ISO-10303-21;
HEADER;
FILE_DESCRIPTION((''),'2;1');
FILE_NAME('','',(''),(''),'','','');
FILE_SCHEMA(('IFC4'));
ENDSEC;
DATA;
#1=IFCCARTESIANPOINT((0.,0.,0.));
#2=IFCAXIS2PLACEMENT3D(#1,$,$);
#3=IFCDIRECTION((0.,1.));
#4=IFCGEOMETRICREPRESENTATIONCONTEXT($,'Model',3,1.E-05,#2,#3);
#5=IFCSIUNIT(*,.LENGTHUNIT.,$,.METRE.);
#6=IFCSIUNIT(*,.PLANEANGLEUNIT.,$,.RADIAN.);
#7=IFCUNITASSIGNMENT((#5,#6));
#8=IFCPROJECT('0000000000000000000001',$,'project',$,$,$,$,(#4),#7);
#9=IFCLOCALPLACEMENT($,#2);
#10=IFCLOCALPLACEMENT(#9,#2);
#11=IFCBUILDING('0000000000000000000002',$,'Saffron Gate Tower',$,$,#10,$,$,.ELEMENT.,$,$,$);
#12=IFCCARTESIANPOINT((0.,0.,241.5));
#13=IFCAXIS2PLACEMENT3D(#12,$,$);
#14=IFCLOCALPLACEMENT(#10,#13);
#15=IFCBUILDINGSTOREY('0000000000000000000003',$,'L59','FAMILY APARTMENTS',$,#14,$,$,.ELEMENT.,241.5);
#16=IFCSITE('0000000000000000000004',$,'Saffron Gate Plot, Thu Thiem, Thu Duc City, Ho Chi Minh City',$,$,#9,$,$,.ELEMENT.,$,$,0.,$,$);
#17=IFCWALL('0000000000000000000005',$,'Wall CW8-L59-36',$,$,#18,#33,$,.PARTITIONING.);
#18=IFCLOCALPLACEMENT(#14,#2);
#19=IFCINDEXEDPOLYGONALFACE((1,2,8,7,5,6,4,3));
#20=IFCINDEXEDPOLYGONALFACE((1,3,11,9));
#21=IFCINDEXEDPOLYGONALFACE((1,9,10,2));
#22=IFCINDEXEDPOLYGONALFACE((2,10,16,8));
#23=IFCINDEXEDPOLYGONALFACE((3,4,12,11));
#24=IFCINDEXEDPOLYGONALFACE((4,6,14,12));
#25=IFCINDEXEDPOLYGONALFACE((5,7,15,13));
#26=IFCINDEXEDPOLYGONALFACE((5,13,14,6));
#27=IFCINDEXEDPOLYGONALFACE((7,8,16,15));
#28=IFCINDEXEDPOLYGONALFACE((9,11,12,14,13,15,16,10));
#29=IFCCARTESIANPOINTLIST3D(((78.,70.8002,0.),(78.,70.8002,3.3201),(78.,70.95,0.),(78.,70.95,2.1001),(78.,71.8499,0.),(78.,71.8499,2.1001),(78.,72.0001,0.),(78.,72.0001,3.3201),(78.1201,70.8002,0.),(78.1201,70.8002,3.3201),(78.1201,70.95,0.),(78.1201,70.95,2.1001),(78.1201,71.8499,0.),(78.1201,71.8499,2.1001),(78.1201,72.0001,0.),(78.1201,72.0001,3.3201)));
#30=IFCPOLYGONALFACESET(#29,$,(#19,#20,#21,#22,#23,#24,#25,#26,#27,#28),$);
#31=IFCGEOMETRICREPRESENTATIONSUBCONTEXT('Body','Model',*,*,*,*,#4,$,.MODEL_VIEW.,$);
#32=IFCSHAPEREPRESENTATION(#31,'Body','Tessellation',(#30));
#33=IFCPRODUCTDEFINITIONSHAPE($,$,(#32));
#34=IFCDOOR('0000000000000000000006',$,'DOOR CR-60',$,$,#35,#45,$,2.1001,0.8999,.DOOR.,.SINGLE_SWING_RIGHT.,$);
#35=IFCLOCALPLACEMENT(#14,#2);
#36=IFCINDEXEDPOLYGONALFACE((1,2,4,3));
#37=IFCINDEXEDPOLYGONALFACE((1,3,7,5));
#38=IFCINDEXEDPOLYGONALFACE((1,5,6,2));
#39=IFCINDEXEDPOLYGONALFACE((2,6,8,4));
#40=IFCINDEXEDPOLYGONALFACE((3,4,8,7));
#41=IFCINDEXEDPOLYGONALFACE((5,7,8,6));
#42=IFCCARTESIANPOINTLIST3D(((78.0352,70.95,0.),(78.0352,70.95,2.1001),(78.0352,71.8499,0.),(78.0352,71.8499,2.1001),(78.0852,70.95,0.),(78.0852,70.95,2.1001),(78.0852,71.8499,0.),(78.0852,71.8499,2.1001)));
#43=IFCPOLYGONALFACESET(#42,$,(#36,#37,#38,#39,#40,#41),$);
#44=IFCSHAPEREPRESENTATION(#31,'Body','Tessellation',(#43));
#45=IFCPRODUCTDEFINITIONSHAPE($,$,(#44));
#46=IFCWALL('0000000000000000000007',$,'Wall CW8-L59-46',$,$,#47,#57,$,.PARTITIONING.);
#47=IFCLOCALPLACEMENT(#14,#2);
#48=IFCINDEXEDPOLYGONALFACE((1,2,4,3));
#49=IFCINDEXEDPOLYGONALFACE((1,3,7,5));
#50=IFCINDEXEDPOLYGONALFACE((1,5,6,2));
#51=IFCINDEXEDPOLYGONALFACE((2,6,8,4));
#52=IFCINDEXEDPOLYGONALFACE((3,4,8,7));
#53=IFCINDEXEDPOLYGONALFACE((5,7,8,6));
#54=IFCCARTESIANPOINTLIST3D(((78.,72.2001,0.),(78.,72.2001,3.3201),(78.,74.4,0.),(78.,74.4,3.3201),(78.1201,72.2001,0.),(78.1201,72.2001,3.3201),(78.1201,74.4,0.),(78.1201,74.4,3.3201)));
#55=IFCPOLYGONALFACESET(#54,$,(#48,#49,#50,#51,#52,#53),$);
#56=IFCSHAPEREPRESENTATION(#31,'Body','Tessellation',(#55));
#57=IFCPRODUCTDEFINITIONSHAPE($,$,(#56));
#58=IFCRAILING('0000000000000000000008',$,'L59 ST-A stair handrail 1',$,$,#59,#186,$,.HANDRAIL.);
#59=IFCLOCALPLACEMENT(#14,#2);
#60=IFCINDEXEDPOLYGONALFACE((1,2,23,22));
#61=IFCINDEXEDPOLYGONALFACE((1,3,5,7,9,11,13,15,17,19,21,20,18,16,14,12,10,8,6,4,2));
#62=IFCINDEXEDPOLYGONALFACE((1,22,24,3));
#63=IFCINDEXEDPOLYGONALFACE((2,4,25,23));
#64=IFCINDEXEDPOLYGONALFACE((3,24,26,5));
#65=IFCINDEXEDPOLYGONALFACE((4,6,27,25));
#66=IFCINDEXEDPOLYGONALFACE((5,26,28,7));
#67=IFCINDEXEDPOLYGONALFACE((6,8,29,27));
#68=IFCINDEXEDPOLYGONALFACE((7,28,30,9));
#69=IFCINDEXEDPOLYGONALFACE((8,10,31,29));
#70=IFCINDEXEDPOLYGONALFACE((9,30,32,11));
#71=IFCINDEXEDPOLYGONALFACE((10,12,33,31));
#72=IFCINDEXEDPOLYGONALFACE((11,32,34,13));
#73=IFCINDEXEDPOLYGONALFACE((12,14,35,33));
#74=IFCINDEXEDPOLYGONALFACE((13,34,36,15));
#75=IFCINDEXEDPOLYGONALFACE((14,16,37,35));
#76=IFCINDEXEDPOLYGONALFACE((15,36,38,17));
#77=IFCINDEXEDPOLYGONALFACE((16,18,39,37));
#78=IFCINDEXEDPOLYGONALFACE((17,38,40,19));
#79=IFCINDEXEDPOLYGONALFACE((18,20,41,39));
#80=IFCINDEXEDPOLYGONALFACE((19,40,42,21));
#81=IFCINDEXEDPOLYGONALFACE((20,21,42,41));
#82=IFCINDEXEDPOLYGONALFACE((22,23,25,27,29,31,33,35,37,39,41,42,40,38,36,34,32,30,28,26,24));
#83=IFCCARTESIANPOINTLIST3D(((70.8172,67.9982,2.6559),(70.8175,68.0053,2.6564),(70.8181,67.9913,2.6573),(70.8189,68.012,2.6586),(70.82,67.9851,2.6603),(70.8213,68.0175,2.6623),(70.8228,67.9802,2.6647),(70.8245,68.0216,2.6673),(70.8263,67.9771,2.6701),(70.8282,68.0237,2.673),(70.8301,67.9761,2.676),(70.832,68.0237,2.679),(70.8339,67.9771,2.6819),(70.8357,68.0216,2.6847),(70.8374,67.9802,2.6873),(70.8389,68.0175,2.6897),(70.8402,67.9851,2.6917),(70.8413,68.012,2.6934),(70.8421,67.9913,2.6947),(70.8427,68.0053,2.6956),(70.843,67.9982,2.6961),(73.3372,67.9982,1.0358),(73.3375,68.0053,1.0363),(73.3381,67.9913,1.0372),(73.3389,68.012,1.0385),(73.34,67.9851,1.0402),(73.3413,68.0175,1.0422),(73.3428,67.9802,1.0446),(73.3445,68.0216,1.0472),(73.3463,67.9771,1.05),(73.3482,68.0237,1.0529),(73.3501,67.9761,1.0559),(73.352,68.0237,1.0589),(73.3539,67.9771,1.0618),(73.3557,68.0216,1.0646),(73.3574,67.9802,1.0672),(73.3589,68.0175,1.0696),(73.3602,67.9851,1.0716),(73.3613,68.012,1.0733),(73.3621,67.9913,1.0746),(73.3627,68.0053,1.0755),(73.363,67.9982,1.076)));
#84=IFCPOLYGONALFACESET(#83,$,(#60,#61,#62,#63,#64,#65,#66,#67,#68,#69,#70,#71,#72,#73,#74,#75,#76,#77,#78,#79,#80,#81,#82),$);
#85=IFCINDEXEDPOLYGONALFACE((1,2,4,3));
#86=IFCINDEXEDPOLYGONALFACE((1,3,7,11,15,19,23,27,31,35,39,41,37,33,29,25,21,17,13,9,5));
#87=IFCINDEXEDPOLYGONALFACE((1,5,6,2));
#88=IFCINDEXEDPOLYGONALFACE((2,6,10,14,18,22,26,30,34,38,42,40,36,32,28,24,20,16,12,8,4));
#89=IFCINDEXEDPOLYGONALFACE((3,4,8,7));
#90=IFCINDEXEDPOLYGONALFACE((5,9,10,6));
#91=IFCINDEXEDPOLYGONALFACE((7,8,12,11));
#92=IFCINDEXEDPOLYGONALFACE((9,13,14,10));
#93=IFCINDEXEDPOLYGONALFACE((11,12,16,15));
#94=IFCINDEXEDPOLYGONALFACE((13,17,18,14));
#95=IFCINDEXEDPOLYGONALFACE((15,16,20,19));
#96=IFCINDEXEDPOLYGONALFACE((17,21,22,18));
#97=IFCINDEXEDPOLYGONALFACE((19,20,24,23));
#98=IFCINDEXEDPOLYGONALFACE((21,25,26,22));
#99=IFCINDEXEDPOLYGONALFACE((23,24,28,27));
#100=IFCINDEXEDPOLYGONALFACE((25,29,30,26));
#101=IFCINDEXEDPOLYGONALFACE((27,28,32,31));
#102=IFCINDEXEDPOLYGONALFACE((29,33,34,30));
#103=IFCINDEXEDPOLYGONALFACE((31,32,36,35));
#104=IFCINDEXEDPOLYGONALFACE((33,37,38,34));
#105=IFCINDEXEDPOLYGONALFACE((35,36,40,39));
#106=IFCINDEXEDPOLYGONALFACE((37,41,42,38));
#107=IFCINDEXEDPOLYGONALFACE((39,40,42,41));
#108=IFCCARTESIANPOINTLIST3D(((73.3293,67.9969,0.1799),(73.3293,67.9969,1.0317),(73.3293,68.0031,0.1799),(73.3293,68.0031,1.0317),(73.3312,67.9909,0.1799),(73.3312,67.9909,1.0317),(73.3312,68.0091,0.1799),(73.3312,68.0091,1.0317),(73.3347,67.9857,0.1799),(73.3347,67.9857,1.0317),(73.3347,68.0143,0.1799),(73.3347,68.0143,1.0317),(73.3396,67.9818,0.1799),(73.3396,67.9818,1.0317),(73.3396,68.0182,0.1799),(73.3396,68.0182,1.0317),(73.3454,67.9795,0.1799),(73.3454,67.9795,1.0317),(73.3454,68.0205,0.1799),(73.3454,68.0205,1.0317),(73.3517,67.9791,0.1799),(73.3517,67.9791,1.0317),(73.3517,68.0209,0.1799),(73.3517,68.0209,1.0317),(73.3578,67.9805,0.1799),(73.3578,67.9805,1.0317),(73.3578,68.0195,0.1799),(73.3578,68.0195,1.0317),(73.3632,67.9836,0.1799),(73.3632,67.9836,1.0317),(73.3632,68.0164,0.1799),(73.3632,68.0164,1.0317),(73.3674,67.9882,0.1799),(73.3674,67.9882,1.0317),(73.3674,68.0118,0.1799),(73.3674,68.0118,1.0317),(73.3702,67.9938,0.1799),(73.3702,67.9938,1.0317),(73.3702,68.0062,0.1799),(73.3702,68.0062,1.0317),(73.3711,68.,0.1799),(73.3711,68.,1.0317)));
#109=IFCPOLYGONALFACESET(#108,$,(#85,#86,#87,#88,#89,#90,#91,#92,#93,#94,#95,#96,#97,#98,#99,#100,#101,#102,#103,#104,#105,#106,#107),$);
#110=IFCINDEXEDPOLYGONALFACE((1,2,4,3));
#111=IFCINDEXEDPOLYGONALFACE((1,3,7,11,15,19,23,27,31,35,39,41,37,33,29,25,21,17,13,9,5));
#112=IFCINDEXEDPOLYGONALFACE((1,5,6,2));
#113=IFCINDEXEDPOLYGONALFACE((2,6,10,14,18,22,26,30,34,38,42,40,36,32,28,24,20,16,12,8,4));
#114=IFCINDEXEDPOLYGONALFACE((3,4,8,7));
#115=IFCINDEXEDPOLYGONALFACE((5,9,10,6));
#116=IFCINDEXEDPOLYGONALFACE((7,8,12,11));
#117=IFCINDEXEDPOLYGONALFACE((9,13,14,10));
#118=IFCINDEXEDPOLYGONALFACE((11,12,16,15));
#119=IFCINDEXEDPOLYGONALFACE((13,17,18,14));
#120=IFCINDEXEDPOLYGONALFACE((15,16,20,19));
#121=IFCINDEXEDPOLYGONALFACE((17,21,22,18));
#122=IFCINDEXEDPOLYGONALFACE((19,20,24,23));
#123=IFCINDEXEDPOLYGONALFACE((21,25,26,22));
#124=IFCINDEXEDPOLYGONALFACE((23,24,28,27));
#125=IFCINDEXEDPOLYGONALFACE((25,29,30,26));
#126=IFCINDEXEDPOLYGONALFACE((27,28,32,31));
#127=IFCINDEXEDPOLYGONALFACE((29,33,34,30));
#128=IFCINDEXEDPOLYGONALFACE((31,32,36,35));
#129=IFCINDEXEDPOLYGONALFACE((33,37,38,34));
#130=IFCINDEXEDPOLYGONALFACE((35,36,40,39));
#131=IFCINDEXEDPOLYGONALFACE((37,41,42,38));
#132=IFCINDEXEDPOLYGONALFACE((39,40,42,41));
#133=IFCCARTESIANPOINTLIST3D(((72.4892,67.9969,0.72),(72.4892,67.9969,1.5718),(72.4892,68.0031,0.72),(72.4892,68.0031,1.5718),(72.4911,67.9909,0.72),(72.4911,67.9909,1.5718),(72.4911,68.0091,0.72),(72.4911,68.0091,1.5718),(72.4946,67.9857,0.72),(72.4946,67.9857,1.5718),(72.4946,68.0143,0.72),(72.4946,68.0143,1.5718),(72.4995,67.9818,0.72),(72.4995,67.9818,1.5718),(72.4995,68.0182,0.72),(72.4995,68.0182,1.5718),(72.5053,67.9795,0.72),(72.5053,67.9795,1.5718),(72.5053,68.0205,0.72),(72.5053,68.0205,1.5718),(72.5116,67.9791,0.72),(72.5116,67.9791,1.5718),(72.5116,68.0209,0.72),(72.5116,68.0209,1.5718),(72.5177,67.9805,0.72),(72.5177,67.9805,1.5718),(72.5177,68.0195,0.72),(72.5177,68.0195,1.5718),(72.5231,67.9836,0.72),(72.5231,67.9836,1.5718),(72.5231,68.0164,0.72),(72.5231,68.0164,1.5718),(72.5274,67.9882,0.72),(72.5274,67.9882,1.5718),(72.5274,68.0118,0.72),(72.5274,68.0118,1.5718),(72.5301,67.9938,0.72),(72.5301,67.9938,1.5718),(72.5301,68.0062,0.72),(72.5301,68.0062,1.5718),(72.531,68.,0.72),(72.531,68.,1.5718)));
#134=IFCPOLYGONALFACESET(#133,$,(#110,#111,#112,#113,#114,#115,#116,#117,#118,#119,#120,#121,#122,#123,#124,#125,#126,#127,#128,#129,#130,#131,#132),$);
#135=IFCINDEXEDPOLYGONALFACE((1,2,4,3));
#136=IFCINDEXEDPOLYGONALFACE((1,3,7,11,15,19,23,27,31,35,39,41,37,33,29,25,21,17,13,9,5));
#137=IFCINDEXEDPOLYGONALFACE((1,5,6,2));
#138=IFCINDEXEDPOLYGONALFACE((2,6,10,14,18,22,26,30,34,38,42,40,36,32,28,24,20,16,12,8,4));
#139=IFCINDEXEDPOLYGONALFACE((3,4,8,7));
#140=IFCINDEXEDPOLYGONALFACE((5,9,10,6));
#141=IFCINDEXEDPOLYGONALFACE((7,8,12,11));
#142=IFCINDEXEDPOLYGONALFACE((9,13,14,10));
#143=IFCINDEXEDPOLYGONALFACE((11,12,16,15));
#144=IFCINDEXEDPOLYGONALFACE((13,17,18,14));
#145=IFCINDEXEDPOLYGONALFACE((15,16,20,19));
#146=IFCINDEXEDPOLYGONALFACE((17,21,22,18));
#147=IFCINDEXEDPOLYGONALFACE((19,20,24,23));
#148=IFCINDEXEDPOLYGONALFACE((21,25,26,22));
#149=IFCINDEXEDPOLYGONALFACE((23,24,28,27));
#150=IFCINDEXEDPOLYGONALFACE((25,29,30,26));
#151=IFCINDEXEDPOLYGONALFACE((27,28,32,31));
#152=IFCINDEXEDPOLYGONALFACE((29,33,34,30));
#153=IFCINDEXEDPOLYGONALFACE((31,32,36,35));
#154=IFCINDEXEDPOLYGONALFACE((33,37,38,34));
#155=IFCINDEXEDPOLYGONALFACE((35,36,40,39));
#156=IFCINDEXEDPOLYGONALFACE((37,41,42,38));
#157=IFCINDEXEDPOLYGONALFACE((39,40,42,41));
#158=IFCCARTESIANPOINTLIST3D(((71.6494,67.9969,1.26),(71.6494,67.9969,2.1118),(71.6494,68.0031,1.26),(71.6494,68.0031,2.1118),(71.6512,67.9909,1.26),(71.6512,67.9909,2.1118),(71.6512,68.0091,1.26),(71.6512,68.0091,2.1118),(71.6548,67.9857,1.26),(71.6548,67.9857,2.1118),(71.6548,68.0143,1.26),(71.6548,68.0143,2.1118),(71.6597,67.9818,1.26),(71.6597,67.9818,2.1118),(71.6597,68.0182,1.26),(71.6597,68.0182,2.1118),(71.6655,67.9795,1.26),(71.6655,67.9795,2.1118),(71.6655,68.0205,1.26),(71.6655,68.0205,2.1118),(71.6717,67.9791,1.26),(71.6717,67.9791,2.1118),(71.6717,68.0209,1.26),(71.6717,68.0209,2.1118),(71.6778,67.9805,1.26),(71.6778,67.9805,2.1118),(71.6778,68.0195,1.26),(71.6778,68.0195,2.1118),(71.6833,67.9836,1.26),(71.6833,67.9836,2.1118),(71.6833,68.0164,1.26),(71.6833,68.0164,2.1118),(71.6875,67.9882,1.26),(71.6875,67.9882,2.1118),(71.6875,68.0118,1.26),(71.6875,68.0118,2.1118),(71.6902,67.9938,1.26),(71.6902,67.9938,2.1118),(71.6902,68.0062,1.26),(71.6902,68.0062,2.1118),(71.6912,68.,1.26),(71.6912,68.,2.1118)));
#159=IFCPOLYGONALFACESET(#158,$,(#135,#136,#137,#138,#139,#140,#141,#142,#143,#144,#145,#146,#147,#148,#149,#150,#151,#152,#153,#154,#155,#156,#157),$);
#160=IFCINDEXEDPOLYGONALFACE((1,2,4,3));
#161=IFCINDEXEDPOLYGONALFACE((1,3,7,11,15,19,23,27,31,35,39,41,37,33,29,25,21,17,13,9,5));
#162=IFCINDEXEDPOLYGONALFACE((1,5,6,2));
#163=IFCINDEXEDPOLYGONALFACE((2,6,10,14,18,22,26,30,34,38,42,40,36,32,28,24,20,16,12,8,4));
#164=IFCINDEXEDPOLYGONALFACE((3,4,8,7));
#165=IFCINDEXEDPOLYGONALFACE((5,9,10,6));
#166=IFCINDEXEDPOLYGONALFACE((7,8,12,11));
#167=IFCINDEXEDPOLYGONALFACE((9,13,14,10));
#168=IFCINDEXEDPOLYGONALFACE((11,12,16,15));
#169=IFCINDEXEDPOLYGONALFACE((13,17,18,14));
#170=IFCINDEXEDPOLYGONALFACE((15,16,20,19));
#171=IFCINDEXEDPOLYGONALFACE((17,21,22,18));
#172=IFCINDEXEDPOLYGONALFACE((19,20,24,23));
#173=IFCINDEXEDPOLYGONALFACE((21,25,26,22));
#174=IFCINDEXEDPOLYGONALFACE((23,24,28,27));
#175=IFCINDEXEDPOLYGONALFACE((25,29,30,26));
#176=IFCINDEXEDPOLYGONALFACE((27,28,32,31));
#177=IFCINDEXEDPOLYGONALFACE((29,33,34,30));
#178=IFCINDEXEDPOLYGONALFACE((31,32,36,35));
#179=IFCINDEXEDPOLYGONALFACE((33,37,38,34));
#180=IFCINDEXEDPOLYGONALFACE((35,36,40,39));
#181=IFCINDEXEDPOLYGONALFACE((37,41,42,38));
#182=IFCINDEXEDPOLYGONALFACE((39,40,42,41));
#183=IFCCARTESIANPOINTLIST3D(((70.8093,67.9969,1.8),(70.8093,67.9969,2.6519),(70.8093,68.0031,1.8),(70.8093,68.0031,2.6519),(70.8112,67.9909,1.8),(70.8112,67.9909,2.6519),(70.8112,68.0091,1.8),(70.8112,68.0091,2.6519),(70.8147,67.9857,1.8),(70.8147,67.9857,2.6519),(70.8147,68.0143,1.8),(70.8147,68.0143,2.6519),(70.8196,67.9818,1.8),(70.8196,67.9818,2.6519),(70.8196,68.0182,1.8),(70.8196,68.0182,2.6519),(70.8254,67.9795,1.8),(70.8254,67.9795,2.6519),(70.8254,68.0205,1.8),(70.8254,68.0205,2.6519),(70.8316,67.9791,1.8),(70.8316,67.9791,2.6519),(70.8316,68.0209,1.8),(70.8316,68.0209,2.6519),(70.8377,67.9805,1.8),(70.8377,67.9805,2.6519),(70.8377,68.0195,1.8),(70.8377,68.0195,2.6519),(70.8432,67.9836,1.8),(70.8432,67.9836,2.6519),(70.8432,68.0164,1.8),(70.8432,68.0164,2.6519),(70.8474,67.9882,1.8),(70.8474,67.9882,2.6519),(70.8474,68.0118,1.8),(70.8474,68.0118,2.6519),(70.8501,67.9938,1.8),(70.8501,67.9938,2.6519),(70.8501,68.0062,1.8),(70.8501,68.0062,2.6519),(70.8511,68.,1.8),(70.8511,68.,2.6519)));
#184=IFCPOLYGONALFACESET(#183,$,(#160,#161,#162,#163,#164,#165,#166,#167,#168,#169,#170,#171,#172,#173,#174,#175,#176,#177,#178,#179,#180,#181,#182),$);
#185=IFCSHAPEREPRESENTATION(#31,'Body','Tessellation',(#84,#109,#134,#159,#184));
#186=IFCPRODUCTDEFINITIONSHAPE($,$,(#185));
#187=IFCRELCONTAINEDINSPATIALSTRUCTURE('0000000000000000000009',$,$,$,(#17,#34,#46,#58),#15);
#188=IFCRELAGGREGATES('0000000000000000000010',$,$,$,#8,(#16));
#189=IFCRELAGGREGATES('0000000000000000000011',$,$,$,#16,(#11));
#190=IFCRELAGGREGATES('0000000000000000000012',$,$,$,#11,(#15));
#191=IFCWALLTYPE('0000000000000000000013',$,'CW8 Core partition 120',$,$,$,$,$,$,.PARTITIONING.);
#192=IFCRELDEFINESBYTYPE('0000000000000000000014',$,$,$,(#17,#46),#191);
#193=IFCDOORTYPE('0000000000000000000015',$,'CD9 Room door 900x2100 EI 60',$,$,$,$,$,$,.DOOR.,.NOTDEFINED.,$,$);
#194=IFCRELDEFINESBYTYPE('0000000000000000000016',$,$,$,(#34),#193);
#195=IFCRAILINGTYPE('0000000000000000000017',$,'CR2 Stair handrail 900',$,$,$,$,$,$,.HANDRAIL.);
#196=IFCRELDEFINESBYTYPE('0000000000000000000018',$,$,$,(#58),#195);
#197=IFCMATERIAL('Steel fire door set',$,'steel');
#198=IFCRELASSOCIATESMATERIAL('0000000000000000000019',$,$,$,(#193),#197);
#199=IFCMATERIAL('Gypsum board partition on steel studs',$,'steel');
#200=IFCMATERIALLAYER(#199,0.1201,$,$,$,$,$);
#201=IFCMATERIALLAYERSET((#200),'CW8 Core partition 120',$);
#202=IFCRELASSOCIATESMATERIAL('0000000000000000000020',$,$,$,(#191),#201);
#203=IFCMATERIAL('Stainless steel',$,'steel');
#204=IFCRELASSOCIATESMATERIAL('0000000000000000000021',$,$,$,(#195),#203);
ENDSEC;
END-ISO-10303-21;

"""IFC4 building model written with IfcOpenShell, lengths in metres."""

from ifc_helpers import new_model, si_unit, direction, frame, frame_2d, origin, origin_2d, place, context, subcontext, project, spatial, rectangle, circle, extrude, material, layer, layer_set, type_object, element, fill, save


model = new_model("IFC4")

# Units and contexts
model_context = context("Model", 3, precision=1e-05, world=origin(), true_north=direction((0.0, 1.0)))
body_context = subcontext(model_context, "Body", "Model", "MODEL_VIEW")
ifc_project = project(units=[si_unit("LENGTHUNIT", "METRE"), si_unit("PLANEANGLEUNIT", "RADIAN")], contexts=[model_context])

# Site, building, storey
site_placement = place(None, origin())
site = spatial("IfcSite", under=ifc_project, at=site_placement, Name="Saffron Gate Plot, Thu Thiem, Thu Duc City, Ho Chi Minh City", CompositionType="ELEMENT", RefElevation=0.0)
building_placement = place(site_placement, origin())
building = spatial("IfcBuilding", under=site, at=building_placement, Name="Saffron Gate Tower", CompositionType="ELEMENT")
storey_placement = place(building_placement, frame((0.0, 0.0, 241.5)))
storey = spatial("IfcBuildingStorey", under=building, at=storey_placement, Name="L59", Description="FAMILY APARTMENTS", CompositionType="ELEMENT", Elevation=241.5)

# Shared definitions
ifc_material_1 = material(Name="Steel fire door set", Category="steel")
door_type_1 = type_object("IfcDoorType", Name="CD9 Room door 900x2100 EI 60", OperationType="NOTDEFINED", PredefinedType="DOOR", material=ifc_material_1)

# Shared definitions
ifc_material_2 = material(Name="Gypsum board partition on steel studs", Category="steel")
ifc_layer_1 = layer(ifc_material_2, 0.1201)
ifc_layer_set_1 = layer_set([ifc_layer_1], Name="CW8 Core partition 120")
wall_type_1 = type_object("IfcWallType", Name="CW8 Core partition 120", PredefinedType="PARTITIONING", material=ifc_layer_set_1)

# Wall, opening, door
wall_1_placement = place(storey_placement, frame((78.0601, 70.8, 0.0), z_axis=(0.0, 0.0, 1.0), x_axis=(0.0, 1.0, 0.0)))
wall_1 = element("IfcWall", 1, at=wall_1_placement, inside=storey, type_object=wall_type_1, Name="Wall CW8-L59-36", PredefinedType="PARTITIONING", context=body_context, shape_type="SweptSolid", body=[
    extrude(rectangle(XDim=1.2, YDim=0.1201, at=frame_2d((0.6001, 0.0))), origin(), (0.0, 0.0, 1.0), 3.3201),
])
opening_1_placement = place(wall_1_placement, frame((0.1499, 0.0, 0.0)))
opening_1 = element("IfcOpeningElement", 2, at=opening_1_placement, cuts=wall_1, PredefinedType="OPENING", context=body_context, shape_type="SweptSolid", body=[
    extrude(rectangle(XDim=0.8999, YDim=2.1001, at=frame_2d((0.45, 1.05))), frame((0.0, 0.0701, 0.0), z_axis=(0.0, -1.0, 0.0), x_axis=(1.0, 0.0, 0.0)), (0.0, 0.0, 1.0), 0.1401),
])
door_1_placement = place(opening_1_placement, origin())
door_1 = element("IfcDoor", 3, at=door_1_placement, inside=storey, type_object=door_type_1, Name="DOOR CR-60", OperationType="SINGLE_SWING_RIGHT", OverallHeight=2.1001, OverallWidth=0.8999, PredefinedType="DOOR", context=body_context, shape_type="SweptSolid", body=[
    extrude(rectangle(XDim=0.8999, YDim=2.1001, at=frame_2d((0.45, 1.05))), frame((0.0, 0.0249, 0.0), z_axis=(0.0, -1.0, 0.0), x_axis=(1.0, 0.0, 0.0)), (0.0, 0.0, 1.0), 0.05),
])
fill(opening_1, door_1)

# Wall
wall_2_placement = place(storey_placement, frame((78.0601, 72.2, 0.0), z_axis=(0.0, 0.0, 1.0), x_axis=(0.0, 1.0, 0.0)))
element("IfcWall", 4, at=wall_2_placement, inside=storey, type_object=wall_type_1, Name="Wall CW8-L59-46", PredefinedType="PARTITIONING", context=body_context, shape_type="SweptSolid", body=[
    extrude(rectangle(XDim=2.2, YDim=0.1201, at=frame_2d((1.1001, 0.0))), origin(), (0.0, 0.0, 1.0), 3.3201),
])

# Railing
ifc_material_3 = material(Name="Stainless steel", Category="steel")
railing_type = type_object("IfcRailingType", Name="CR2 Stair handrail 900", PredefinedType="HANDRAIL", material=ifc_material_3)
railing_placement = place(storey_placement, frame((73.3501, 68.0, 0.1799)))
element("IfcRailing", 5, at=railing_placement, inside=storey, type_object=railing_type, Name="L59 ST-A stair handrail 1", PredefinedType="HANDRAIL", context=body_context, shape_type="SweptSolid", body=[
    extrude(circle(Radius=0.0239, at=origin_2d()), frame((0.0, 0.0, 0.876), z_axis=(-0.841163, 0.0, 0.540782), x_axis=(0.0, -1.0, 0.0)), (0.0, 0.0, 1.0), 2.9958),
    extrude(circle(Radius=0.021, at=origin_2d()), origin(), (0.0, 0.0, 1.0), 0.8518),
    extrude(circle(Radius=0.021, at=origin_2d()), frame((-0.8401, 0.0, 0.54)), (0.0, 0.0, 1.0), 0.8518),
    extrude(circle(Radius=0.021, at=origin_2d()), frame((-1.6799, 0.0, 1.0801)), (0.0, 0.0, 1.0), 0.8518),
    extrude(circle(Radius=0.021, at=origin_2d()), frame((-2.52, 0.0, 1.6201)), (0.0, 0.0, 1.0), 0.8518),
])

save(model, "model.ifc")
